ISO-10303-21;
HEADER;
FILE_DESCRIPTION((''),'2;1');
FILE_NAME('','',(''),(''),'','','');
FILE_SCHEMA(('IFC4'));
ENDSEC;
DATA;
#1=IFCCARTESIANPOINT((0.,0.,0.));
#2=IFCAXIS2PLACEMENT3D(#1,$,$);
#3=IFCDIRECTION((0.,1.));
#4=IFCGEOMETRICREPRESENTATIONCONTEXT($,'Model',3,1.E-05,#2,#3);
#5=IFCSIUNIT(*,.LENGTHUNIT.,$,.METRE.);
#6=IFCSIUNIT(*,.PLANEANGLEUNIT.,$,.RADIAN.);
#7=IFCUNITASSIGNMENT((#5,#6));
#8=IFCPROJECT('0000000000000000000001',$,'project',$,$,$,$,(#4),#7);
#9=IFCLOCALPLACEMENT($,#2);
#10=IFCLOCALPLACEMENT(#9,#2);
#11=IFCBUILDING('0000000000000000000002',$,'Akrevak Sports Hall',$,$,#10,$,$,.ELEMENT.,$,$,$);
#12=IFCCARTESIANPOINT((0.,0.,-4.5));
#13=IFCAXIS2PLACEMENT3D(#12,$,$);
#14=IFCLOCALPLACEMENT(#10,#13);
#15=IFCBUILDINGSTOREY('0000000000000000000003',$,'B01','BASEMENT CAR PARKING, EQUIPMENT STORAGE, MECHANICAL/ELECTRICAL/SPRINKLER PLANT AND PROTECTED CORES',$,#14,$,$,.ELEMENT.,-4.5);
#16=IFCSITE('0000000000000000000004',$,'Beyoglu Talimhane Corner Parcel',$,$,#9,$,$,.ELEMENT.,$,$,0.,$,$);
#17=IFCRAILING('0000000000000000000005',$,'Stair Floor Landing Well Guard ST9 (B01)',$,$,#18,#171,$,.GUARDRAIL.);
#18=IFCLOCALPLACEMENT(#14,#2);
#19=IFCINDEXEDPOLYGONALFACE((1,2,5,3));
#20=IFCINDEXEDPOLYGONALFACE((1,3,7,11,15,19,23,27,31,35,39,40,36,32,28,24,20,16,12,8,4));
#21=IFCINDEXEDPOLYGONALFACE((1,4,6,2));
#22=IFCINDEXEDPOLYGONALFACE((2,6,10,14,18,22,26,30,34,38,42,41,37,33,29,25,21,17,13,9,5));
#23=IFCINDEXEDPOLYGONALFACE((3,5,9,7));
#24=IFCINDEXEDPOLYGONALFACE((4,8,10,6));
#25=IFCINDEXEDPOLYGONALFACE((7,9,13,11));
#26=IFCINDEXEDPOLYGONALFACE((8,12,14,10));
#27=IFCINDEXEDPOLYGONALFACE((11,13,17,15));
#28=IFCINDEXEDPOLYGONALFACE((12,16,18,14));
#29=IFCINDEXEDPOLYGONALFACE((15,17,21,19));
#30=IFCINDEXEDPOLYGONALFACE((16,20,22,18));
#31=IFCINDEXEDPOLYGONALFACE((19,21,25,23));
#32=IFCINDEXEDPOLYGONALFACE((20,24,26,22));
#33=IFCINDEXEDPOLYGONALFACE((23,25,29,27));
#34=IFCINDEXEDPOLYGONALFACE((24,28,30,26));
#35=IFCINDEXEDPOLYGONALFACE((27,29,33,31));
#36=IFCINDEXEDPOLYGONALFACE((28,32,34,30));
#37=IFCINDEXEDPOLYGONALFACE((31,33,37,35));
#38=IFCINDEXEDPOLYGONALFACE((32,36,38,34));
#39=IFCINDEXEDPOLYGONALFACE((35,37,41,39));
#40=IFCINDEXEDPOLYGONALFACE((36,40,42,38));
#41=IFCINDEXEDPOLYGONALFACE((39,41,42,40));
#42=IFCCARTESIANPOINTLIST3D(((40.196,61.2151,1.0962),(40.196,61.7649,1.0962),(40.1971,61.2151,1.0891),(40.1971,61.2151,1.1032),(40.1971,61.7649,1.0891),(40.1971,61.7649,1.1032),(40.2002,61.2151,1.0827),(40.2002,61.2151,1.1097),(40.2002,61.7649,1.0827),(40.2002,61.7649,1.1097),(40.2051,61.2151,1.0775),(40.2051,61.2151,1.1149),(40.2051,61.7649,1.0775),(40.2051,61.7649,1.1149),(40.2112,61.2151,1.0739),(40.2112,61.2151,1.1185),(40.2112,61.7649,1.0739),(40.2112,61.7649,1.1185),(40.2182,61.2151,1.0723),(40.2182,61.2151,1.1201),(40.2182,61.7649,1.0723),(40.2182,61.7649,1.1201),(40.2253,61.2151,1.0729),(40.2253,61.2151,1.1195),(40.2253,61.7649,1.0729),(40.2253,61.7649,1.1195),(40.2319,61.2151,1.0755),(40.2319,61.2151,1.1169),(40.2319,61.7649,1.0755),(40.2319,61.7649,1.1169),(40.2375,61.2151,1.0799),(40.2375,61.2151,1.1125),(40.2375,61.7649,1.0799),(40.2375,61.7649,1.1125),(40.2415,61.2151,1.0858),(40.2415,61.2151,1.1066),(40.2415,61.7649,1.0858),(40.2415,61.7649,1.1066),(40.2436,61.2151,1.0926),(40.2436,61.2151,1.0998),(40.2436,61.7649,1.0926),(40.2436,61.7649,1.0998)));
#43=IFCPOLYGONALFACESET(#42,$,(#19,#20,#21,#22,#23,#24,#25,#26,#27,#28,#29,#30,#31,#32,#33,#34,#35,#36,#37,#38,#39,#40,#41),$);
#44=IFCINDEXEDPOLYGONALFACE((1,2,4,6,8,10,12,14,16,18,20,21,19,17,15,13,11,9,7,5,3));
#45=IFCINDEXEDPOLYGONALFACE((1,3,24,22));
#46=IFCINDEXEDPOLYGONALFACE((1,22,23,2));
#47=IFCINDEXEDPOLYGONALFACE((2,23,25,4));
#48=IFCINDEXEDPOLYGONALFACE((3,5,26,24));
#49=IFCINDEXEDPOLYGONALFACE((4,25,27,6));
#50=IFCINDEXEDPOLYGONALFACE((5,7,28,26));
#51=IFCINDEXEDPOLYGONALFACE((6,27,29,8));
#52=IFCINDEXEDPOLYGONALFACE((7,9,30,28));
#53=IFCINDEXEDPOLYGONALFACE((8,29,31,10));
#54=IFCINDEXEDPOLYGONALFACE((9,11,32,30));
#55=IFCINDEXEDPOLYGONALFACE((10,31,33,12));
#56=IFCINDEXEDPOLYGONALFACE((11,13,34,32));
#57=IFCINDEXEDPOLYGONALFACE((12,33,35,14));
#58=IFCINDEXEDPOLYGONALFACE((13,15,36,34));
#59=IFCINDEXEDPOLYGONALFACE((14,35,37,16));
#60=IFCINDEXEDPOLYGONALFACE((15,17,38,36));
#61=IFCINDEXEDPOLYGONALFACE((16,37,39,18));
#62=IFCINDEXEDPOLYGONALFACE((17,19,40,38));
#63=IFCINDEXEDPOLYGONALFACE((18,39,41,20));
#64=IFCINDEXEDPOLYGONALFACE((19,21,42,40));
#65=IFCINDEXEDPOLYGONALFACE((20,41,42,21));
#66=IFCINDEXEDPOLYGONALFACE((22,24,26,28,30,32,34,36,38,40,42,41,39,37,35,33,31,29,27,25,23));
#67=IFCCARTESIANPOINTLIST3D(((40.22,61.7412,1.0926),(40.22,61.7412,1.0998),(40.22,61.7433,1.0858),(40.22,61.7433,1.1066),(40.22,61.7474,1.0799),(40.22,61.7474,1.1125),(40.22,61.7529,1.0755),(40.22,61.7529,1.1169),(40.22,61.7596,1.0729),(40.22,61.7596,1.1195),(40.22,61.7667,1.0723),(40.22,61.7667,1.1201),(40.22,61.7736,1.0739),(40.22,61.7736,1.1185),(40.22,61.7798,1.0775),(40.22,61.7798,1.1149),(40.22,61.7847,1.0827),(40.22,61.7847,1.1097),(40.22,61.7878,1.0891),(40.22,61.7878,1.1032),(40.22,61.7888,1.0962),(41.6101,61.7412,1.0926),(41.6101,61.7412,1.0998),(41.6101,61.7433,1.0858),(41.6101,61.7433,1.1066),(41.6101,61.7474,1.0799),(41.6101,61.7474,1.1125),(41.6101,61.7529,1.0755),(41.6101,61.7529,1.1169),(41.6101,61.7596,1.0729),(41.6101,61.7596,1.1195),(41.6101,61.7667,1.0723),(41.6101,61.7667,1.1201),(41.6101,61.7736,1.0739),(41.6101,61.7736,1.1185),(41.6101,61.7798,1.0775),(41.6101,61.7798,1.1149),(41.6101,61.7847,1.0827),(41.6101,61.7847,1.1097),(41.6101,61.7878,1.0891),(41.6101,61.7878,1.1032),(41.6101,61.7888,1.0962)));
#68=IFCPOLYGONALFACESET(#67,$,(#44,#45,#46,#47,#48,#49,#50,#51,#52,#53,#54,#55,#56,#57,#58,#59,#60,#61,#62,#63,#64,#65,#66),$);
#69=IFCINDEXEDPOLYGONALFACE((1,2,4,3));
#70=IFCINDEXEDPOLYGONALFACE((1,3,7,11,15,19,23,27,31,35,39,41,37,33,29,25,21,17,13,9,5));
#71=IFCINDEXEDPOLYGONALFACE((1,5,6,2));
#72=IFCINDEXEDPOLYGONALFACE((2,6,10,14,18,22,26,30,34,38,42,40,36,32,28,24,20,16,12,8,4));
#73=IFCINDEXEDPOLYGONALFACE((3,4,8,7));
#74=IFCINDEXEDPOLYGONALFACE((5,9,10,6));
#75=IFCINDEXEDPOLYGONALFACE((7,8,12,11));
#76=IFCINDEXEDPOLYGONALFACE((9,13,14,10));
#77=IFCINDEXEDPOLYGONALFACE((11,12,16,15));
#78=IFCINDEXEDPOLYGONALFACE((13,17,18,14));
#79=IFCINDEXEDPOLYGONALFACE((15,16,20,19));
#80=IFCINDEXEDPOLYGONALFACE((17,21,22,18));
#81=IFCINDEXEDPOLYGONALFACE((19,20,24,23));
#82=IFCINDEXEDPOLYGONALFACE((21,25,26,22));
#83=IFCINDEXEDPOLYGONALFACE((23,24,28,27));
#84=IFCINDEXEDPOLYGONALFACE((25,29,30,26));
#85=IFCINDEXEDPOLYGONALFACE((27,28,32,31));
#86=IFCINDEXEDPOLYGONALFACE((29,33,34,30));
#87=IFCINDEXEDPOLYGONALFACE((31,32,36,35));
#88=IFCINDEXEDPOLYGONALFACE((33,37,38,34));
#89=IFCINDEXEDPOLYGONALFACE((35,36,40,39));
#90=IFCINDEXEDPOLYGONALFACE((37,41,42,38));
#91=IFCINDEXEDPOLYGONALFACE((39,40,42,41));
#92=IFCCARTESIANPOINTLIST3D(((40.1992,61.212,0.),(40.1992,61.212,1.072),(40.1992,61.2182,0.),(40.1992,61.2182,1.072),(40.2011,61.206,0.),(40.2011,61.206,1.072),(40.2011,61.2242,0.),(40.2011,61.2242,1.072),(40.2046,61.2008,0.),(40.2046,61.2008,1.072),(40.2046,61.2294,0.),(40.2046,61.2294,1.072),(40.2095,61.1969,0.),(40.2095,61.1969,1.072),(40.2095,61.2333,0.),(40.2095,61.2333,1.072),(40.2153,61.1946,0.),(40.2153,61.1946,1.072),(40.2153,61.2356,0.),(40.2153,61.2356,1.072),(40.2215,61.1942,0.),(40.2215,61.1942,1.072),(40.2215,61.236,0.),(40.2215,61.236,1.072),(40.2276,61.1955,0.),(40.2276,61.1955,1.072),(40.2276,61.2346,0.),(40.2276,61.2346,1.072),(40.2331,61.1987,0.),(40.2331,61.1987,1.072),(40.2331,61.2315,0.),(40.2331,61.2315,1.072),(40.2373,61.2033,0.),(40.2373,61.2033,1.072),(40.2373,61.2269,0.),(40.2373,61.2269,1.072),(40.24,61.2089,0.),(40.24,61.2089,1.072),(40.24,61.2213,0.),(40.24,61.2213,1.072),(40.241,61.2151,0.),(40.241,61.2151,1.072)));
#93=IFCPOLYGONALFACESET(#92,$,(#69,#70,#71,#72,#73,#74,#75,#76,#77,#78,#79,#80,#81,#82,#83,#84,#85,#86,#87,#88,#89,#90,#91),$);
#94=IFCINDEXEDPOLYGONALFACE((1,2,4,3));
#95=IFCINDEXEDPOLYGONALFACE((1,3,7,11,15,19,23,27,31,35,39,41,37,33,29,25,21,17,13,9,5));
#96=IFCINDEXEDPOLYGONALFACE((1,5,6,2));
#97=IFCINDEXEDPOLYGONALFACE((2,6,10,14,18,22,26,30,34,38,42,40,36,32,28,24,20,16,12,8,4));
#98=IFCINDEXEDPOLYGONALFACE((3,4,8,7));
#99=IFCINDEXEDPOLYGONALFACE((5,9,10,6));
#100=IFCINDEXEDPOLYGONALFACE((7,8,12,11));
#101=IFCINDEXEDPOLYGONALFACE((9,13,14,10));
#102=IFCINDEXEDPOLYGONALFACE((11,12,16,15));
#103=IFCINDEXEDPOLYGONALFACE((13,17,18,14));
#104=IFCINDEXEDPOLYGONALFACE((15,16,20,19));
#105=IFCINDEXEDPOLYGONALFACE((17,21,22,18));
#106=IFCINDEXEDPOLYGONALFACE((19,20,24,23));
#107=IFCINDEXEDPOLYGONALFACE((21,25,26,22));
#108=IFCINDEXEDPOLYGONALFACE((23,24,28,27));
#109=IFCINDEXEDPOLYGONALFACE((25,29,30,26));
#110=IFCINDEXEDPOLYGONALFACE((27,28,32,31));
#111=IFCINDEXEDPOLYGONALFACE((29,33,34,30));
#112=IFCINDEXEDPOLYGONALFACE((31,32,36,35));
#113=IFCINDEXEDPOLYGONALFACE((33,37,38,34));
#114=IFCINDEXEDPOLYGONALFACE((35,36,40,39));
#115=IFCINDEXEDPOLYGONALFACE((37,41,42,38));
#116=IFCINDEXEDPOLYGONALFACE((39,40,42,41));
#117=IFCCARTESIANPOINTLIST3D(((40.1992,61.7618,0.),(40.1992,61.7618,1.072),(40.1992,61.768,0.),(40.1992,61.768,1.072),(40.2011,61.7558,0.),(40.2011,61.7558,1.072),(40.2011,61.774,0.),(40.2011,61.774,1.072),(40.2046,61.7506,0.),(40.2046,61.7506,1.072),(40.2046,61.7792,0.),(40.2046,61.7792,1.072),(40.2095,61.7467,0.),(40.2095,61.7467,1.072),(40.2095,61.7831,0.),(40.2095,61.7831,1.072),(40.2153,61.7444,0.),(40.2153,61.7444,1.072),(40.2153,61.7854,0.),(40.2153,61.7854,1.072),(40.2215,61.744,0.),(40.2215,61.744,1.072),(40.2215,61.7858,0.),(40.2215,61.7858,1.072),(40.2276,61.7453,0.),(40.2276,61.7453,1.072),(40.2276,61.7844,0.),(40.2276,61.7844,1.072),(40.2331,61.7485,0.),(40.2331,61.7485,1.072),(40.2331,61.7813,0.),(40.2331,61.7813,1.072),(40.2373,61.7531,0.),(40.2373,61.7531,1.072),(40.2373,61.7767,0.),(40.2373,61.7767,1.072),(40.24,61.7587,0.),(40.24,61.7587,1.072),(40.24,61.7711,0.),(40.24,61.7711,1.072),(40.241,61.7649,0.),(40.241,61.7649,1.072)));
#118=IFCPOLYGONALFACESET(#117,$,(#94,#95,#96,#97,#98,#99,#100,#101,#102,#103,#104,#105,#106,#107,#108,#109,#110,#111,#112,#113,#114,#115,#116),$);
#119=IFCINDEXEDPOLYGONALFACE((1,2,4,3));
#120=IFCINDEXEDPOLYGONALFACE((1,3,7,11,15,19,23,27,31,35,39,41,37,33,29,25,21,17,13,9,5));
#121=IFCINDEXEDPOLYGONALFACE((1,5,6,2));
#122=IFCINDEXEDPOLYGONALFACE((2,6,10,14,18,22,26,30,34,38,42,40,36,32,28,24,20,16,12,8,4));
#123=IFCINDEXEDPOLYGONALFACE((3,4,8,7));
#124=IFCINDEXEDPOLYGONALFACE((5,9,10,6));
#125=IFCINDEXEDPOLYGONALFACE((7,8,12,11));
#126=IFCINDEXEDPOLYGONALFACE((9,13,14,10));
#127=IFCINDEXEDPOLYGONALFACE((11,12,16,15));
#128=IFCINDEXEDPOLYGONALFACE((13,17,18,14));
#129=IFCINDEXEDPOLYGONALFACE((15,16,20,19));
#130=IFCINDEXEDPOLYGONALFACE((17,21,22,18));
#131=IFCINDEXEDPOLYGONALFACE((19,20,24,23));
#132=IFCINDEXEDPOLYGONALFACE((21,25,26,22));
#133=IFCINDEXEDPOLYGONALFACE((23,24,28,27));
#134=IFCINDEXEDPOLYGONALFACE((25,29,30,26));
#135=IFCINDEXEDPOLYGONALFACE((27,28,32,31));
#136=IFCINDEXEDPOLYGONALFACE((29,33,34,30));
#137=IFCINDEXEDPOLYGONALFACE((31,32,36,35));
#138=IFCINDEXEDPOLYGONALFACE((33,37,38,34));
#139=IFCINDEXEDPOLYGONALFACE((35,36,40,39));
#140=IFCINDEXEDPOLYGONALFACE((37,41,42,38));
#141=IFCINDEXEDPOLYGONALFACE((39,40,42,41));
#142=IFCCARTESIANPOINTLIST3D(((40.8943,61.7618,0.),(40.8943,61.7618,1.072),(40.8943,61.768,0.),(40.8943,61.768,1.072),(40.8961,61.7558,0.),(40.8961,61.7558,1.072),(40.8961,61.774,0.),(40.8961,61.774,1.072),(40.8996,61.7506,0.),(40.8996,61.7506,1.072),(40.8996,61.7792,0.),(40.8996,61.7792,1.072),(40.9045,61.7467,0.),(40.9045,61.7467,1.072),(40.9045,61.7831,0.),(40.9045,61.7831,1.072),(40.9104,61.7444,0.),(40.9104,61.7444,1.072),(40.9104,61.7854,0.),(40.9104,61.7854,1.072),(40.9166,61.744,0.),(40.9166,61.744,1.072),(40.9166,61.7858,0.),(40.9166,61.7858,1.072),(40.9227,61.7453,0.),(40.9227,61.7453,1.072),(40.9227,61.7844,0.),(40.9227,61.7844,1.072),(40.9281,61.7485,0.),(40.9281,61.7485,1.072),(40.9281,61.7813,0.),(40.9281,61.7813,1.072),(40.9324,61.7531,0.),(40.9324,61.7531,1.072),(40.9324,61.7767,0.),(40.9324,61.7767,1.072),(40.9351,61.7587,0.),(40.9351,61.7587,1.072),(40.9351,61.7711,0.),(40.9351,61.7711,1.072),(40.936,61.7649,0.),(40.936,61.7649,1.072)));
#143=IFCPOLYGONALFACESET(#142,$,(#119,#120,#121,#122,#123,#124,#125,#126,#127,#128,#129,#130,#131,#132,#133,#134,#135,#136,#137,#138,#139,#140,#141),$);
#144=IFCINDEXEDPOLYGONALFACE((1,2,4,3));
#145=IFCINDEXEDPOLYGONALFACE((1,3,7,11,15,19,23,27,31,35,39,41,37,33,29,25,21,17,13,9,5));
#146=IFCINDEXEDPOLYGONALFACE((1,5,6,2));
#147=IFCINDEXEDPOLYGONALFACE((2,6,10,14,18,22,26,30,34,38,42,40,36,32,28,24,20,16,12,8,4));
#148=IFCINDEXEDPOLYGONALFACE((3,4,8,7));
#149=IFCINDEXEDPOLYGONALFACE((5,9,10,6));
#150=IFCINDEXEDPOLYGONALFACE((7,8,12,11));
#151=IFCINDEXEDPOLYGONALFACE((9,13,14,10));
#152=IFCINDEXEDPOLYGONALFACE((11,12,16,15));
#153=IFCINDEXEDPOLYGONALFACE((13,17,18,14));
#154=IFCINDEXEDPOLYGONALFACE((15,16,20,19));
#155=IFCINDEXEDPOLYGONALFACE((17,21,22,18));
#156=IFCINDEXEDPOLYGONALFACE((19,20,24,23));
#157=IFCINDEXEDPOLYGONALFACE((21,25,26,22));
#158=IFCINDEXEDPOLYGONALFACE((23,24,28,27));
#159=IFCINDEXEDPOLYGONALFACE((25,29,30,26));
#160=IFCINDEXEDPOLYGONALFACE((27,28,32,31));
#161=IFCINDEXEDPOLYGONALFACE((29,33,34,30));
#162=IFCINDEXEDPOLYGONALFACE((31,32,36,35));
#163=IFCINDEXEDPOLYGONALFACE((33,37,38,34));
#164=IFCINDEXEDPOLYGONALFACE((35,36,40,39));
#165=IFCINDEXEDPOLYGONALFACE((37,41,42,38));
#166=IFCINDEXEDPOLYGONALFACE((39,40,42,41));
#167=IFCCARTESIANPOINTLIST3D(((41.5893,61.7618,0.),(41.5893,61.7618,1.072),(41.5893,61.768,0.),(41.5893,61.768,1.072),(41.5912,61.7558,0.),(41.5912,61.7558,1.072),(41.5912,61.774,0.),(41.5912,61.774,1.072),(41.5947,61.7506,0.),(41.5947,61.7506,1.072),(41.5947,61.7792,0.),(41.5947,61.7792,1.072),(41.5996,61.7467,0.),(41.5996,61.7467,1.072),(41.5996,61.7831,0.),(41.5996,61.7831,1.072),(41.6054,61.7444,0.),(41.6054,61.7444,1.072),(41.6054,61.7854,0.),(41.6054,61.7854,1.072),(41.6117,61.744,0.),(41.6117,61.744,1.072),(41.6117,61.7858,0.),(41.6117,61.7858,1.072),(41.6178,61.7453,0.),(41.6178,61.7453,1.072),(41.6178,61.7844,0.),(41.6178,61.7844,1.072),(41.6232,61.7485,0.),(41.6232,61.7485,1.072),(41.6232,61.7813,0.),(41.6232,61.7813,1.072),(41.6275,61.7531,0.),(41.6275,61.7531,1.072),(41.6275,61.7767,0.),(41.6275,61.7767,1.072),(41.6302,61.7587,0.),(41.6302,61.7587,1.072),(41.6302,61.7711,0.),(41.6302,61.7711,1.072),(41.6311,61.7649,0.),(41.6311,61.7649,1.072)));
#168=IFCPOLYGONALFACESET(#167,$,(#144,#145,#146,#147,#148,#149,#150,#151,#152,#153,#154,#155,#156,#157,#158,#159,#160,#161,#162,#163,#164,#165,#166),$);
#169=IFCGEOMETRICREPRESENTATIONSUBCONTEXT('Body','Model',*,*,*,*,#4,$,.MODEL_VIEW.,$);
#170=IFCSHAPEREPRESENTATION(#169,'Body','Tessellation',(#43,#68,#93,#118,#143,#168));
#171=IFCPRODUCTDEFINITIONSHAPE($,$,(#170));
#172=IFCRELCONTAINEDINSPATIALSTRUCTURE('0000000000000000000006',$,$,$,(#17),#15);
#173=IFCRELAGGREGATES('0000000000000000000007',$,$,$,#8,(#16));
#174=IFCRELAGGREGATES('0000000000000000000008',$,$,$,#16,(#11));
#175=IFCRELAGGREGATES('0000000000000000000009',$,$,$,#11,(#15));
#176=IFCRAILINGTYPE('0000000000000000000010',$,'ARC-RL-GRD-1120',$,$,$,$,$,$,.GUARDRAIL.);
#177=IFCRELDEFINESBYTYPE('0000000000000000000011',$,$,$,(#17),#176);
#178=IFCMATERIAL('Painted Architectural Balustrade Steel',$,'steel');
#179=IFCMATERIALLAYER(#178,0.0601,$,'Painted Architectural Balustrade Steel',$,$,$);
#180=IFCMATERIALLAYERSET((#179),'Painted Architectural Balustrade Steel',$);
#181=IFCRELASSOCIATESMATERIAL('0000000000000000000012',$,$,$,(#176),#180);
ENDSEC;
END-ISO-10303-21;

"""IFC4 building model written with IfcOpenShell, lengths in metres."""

from ifc_helpers import new_model, si_unit, direction, frame, origin, origin_2d, place, context, subcontext, project, spatial, circle, extrude, material, layer, layer_set, type_object, element, save


model = new_model("IFC4")

# Units and contexts
model_context = context("Model", 3, precision=1e-05, world=origin(), true_north=direction((0.0, 1.0)))
body_context = subcontext(model_context, "Body", "Model", "MODEL_VIEW")
ifc_project = project(units=[si_unit("LENGTHUNIT", "METRE"), si_unit("PLANEANGLEUNIT", "RADIAN")], contexts=[model_context])

# Site, building, storey
site_placement = place(None, origin())
site = spatial("IfcSite", under=ifc_project, at=site_placement, Name="Beyoglu Talimhane Corner Parcel", CompositionType="ELEMENT", RefElevation=0.0)
building_placement = place(site_placement, origin())
building = spatial("IfcBuilding", under=site, at=building_placement, Name="Akrevak Sports Hall", CompositionType="ELEMENT")
storey_placement = place(building_placement, frame((0.0, 0.0, -4.5)))
storey = spatial("IfcBuildingStorey", under=building, at=storey_placement, Name="B01", Description="BASEMENT CAR PARKING, EQUIPMENT STORAGE, MECHANICAL/ELECTRICAL/SPRINKLER PLANT AND PROTECTED CORES", CompositionType="ELEMENT", Elevation=-4.5)

# Railing
ifc_material_1 = material(Name="Painted Architectural Balustrade Steel", Category="steel")
ifc_layer_1 = layer(ifc_material_1, 0.0601, Name="Painted Architectural Balustrade Steel")
ifc_layer_set_1 = layer_set([ifc_layer_1], Name="Painted Architectural Balustrade Steel")
railing_type_1 = type_object("IfcRailingType", Name="ARC-RL-GRD-1120", PredefinedType="GUARDRAIL", material=ifc_layer_set_1)
railing_1_placement = place(storey_placement, frame((40.22, 61.2151, 0.0)))
element("IfcRailing", 1, at=railing_1_placement, inside=storey, type_object=railing_type_1, Name="Stair Floor Landing Well Guard ST9 (B01)", PredefinedType="GUARDRAIL", context=body_context, shape_type="SweptSolid", body=[
    extrude(circle(Radius=0.0239, at=origin_2d()), frame((0.0, 0.0, 1.0962), z_axis=(0.0, 1.0, 0.0), x_axis=(-1.0, 0.0, 0.0)), (0.0, 0.0, 1.0), 0.5498),
    extrude(circle(Radius=0.0239, at=origin_2d()), frame((0.0, 0.5498, 1.0962), z_axis=(1.0, 0.0, 0.0), x_axis=(0.0, 1.0, 0.0)), (0.0, 0.0, 1.0), 1.3901),
    extrude(circle(Radius=0.021, at=origin_2d()), origin(), (0.0, 0.0, 1.0), 1.072),
    extrude(circle(Radius=0.021, at=origin_2d()), frame((0.0, 0.5498, 0.0)), (0.0, 0.0, 1.0), 1.072),
    extrude(circle(Radius=0.021, at=origin_2d()), frame((0.6951, 0.5498, 0.0)), (0.0, 0.0, 1.0), 1.072),
    extrude(circle(Radius=0.021, at=origin_2d()), frame((1.3901, 0.5498, 0.0)), (0.0, 0.0, 1.0), 1.072),
])

save(model, "model.ifc")
